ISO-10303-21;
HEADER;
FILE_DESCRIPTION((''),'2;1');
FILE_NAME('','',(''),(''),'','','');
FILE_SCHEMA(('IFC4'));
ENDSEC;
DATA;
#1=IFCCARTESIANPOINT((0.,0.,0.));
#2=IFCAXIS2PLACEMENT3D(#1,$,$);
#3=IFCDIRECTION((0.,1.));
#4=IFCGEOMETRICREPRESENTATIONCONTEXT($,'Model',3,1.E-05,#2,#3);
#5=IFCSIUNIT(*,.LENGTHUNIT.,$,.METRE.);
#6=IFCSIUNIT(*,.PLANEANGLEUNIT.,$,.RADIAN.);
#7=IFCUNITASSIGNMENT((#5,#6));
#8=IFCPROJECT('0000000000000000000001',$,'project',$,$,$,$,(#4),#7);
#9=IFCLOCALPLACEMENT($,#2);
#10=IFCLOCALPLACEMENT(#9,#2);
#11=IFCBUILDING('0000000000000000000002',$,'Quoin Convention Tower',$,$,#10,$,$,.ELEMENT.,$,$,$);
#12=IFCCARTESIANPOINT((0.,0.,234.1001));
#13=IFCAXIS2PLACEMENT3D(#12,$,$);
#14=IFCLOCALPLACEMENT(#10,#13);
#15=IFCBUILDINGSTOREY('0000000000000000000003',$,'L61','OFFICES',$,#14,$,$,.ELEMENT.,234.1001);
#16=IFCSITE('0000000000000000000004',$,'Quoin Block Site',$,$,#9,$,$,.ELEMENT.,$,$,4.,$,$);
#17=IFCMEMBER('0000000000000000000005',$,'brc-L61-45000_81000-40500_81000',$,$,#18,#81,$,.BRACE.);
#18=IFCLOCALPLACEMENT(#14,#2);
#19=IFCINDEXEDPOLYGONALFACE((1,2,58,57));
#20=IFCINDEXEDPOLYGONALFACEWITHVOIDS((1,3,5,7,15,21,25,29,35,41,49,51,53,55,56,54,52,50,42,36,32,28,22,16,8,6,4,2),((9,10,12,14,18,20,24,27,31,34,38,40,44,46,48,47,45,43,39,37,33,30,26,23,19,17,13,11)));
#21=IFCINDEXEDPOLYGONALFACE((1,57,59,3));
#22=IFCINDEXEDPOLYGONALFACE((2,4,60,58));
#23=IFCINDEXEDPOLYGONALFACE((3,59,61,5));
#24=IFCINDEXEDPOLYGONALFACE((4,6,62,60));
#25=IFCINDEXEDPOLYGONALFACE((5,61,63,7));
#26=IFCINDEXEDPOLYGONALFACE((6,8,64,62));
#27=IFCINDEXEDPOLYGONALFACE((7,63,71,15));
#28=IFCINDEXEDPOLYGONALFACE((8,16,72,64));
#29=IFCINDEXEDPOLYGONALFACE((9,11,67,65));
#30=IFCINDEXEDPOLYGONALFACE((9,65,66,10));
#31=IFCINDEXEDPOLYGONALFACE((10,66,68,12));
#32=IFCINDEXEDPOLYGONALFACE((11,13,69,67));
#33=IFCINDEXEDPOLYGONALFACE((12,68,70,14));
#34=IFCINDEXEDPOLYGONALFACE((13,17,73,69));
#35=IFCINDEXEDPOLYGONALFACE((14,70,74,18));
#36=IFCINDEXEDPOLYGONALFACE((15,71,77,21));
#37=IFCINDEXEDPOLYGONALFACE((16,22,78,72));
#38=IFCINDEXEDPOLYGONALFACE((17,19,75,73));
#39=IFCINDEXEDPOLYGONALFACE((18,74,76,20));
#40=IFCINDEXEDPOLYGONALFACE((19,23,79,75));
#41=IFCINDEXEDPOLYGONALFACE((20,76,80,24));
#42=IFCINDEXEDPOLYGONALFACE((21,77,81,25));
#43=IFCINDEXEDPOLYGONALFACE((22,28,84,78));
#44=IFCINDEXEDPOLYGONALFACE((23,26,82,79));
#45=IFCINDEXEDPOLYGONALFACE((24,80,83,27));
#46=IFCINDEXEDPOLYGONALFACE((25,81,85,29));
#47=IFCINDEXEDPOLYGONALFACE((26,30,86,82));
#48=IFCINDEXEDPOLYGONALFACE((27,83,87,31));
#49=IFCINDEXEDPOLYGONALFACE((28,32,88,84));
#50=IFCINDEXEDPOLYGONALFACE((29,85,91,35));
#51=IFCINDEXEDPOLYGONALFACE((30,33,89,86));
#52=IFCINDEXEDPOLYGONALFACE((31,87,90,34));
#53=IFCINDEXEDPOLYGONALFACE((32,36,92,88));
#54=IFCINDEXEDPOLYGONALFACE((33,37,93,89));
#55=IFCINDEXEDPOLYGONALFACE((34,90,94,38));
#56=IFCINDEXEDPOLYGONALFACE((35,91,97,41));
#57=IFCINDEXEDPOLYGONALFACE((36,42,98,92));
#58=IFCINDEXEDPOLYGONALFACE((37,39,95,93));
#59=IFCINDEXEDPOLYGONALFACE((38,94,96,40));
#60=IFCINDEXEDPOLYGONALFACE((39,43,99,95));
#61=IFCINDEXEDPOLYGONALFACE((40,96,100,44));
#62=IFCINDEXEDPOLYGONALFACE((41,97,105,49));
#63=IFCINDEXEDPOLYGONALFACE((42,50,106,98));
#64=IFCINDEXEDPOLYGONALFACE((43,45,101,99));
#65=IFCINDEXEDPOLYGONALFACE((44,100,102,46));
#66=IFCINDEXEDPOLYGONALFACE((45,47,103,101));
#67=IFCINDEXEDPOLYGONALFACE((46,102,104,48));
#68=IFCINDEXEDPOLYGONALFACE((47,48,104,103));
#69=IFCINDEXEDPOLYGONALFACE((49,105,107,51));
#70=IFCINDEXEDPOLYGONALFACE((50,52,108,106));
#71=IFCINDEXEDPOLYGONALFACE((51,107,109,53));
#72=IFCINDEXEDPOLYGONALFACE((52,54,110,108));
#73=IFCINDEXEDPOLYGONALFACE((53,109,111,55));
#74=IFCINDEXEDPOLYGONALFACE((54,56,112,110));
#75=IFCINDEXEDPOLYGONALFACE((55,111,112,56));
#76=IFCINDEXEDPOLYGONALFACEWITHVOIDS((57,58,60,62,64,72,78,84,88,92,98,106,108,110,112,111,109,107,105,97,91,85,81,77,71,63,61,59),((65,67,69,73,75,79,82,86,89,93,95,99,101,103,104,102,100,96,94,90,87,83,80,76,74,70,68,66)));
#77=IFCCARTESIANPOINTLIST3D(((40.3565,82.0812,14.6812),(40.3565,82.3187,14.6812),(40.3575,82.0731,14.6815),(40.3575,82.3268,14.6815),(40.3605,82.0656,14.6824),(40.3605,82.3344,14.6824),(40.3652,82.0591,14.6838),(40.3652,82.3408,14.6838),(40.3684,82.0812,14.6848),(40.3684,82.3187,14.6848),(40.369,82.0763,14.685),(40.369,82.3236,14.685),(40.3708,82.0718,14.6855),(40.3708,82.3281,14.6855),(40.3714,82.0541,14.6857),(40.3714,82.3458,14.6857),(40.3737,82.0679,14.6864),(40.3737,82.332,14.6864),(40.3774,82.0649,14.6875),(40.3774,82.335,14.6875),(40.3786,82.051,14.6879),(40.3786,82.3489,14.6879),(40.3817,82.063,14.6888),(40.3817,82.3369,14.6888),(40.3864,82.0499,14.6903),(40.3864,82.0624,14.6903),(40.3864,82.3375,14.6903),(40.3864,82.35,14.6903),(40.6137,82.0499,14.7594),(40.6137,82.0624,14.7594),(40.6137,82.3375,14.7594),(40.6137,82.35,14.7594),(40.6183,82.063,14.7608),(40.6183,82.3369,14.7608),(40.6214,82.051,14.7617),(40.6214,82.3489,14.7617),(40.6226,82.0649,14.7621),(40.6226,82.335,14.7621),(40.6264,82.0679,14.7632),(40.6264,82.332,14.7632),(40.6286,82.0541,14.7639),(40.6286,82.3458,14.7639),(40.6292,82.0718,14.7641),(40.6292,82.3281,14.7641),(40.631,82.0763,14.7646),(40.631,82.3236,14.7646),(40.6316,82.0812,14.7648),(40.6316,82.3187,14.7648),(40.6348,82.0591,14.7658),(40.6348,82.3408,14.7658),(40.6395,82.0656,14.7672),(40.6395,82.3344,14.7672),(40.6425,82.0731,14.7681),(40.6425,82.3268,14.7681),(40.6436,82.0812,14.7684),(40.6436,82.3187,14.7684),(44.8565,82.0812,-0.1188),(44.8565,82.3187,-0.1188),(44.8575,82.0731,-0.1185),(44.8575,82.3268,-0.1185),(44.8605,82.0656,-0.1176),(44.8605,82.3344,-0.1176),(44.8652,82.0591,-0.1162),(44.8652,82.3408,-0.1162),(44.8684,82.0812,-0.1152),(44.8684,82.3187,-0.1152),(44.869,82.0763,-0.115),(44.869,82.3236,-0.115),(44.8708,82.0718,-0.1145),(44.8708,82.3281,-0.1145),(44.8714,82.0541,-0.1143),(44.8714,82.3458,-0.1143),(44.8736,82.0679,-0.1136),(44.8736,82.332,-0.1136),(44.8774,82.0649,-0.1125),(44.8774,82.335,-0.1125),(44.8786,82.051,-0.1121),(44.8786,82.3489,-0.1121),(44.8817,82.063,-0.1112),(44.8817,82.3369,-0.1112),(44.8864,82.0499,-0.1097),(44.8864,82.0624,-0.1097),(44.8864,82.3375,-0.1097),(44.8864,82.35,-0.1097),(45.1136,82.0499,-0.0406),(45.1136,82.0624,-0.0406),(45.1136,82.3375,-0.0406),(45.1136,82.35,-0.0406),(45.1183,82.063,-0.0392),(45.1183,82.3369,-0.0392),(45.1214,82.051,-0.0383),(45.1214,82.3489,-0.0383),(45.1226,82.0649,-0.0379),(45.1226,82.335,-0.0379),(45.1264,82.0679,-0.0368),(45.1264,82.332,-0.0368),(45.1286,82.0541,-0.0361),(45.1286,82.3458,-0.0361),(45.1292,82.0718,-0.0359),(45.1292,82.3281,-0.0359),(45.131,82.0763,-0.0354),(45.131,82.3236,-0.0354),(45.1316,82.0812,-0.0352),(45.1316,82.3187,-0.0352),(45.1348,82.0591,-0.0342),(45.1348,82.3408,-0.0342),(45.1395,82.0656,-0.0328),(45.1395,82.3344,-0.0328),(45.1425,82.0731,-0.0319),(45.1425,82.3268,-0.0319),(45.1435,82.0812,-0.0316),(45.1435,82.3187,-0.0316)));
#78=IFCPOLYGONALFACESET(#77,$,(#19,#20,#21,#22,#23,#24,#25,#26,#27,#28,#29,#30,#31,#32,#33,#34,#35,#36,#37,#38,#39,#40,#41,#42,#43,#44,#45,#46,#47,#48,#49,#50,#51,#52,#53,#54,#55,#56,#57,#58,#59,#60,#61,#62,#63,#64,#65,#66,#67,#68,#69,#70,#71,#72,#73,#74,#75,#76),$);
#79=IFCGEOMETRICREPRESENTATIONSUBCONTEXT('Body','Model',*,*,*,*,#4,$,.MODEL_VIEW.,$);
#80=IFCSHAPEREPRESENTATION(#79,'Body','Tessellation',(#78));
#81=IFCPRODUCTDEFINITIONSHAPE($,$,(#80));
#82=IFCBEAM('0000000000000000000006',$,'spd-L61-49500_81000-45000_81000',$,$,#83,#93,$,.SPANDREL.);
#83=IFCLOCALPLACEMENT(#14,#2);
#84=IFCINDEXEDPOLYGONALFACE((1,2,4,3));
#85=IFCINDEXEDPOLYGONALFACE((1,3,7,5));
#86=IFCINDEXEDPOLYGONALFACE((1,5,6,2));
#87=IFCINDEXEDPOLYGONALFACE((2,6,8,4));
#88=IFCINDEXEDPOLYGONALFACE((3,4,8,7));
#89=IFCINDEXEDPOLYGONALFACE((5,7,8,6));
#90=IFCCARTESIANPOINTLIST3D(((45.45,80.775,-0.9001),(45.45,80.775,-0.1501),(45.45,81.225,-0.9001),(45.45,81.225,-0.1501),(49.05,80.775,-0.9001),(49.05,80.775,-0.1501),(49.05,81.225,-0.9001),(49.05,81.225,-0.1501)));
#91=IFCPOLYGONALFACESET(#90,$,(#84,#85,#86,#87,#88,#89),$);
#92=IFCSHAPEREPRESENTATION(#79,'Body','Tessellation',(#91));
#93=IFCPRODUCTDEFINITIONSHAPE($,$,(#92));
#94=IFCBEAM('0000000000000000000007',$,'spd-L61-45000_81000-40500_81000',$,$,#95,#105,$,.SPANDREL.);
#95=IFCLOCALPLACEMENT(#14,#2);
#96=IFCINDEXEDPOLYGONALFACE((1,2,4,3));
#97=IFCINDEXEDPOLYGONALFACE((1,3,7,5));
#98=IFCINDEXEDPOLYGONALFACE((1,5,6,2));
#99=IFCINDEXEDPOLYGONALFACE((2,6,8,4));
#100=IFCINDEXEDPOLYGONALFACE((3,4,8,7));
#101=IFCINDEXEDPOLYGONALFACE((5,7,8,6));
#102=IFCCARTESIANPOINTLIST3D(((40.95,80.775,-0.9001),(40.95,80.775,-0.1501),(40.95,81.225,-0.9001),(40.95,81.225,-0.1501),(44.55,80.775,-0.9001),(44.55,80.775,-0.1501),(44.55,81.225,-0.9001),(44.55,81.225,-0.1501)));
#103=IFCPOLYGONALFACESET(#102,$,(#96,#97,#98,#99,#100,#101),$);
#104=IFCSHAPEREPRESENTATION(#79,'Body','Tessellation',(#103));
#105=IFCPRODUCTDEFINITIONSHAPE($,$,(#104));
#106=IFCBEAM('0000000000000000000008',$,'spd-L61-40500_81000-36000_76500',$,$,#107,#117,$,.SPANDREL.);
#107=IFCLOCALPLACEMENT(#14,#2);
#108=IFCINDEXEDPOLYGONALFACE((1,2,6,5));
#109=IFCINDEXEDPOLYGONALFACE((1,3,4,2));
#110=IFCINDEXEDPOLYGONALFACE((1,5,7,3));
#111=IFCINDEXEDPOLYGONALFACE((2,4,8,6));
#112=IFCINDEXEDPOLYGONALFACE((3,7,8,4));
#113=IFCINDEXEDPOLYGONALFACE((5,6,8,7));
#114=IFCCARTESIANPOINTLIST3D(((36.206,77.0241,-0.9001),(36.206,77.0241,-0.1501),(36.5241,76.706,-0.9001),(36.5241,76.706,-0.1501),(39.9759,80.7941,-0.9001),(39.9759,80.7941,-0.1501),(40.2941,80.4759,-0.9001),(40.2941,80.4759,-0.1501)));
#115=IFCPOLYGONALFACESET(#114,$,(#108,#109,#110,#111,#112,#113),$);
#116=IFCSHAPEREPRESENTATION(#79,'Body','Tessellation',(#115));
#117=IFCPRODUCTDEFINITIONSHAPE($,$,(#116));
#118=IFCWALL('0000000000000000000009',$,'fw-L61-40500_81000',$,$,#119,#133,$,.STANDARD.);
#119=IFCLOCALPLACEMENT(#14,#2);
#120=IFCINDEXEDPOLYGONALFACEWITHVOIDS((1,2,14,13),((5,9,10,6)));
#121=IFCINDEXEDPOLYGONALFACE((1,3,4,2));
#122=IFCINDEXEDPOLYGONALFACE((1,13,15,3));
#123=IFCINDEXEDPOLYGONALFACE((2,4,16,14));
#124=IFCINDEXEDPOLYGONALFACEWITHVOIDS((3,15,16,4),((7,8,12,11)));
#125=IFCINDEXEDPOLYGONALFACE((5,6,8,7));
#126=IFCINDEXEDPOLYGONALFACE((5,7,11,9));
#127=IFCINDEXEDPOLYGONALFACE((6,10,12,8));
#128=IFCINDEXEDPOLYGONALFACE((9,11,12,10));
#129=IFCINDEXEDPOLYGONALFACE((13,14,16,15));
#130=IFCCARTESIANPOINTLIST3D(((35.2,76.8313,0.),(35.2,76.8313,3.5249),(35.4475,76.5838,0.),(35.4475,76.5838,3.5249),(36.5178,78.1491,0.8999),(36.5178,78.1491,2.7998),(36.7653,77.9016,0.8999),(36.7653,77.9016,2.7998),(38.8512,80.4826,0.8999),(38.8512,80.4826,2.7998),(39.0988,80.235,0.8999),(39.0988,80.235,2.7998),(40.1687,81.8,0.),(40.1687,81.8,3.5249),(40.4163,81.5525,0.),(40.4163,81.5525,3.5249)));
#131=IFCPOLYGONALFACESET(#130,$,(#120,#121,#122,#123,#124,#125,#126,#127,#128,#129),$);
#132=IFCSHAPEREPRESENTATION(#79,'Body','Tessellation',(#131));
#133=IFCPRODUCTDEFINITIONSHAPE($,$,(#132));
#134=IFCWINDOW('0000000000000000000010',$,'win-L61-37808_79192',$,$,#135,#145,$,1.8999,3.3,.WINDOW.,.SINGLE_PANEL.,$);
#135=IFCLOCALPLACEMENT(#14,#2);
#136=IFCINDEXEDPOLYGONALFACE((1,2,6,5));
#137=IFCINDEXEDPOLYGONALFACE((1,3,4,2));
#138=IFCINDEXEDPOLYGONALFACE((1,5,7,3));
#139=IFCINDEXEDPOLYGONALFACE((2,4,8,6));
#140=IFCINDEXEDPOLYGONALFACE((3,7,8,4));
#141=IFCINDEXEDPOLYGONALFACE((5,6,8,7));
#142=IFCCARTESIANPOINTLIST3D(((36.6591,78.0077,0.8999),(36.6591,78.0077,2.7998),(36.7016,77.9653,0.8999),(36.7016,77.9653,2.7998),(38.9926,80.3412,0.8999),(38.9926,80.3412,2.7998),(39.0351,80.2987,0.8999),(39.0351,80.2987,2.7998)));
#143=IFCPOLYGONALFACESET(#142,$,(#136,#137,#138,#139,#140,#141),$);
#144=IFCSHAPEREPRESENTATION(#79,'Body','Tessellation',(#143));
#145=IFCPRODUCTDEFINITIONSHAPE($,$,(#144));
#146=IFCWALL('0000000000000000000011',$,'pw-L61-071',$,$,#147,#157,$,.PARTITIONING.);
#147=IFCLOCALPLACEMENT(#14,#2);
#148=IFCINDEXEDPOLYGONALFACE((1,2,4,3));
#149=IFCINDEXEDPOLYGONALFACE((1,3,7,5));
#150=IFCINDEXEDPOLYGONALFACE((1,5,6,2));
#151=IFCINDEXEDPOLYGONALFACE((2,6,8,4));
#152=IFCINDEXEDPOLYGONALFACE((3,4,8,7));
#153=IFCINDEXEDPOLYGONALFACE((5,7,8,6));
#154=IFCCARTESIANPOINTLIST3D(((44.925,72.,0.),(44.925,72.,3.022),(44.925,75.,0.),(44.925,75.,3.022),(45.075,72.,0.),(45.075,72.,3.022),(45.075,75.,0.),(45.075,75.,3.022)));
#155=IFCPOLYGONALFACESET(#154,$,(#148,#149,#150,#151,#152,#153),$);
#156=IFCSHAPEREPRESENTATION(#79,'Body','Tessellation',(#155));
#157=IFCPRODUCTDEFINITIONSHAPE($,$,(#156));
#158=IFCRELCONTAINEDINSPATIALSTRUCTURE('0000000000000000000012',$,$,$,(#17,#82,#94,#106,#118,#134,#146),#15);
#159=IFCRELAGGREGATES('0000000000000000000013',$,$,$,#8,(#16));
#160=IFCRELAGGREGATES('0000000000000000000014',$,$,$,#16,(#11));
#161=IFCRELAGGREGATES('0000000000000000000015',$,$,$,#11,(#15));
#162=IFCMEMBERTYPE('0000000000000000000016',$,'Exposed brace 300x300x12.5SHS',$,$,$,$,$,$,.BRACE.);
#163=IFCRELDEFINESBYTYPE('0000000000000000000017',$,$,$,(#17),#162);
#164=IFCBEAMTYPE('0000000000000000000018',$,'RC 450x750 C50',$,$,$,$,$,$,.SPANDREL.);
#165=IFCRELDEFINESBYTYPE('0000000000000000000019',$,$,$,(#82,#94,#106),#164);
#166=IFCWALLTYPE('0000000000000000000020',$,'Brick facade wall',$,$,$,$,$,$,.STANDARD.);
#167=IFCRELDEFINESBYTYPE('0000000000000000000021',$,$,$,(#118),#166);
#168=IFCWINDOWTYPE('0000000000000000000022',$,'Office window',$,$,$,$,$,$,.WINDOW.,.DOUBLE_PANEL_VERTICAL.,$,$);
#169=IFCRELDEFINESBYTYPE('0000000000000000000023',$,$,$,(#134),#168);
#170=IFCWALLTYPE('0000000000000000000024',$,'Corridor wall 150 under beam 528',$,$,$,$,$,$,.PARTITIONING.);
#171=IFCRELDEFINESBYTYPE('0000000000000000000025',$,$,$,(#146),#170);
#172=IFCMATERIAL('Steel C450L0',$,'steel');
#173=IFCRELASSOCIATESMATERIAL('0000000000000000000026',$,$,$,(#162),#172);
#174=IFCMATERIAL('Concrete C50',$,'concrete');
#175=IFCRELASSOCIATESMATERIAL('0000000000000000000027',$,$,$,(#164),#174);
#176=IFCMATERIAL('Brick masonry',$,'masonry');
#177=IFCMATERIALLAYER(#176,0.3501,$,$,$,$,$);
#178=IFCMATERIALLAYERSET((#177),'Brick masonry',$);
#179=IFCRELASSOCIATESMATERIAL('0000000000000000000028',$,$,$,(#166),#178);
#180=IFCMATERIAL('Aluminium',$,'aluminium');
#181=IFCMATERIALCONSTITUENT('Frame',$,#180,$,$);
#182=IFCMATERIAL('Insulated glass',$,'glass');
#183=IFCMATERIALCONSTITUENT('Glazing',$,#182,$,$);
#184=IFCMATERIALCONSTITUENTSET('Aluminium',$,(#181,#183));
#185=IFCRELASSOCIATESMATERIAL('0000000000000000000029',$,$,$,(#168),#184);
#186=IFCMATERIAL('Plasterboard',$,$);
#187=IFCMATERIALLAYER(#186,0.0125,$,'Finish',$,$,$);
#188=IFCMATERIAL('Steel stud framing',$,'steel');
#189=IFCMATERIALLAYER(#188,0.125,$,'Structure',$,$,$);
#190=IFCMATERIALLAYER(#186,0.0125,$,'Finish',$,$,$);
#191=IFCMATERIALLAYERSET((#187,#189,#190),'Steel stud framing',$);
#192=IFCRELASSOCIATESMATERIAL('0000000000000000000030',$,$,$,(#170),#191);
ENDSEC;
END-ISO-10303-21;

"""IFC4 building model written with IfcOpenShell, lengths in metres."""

from ifc_helpers import new_model, si_unit, direction, frame, frame_2d, origin, origin_2d, place, context, subcontext, project, spatial, rectangle, hollow_rectangle, extrude, material, layer, layer_set, constituent, constituent_set, material_profile, profile_set, type_object, element, fill, save


model = new_model("IFC4")

# Units and contexts
model_context = context("Model", 3, precision=1e-05, world=origin(), true_north=direction((0.0, 1.0)))
body_context = subcontext(model_context, "Body", "Model", "MODEL_VIEW")
ifc_project = project(units=[si_unit("LENGTHUNIT", "METRE"), si_unit("PLANEANGLEUNIT", "RADIAN")], contexts=[model_context])

# Site, building, storey
site_placement = place(None, origin())
site = spatial("IfcSite", under=ifc_project, at=site_placement, Name="Quoin Block Site", CompositionType="ELEMENT", RefElevation=4.0)
building_placement = place(site_placement, origin())
building = spatial("IfcBuilding", under=site, at=building_placement, Name="Quoin Convention Tower", CompositionType="ELEMENT")
storey_placement = place(building_placement, frame((0.0, 0.0, 234.1001)))
storey = spatial("IfcBuildingStorey", under=building, at=storey_placement, Name="L61", Description="OFFICES", CompositionType="ELEMENT", Elevation=234.1001)

# Shared definitions
ifc_material_1 = material(Name="Concrete C50", Category="concrete")

# Member
ifc_material_2 = material(Name="Steel C450L0", Category="steel")
ifc_material_profile_1 = material_profile(ifc_material_2, hollow_rectangle(XDim=0.3, YDim=0.3, WallThickness=0.0125, InnerFilletRadius=0.0188, OuterFilletRadius=0.0312, at=origin_2d()), Name="300x300x12.5SHS")
ifc_profile_set_1 = profile_set([ifc_material_profile_1], Name="Steel C450L0")
member_type = type_object("IfcMemberType", Name="Exposed brace 300x300x12.5SHS", PredefinedType="BRACE", material=ifc_profile_set_1)
member_placement = place(storey_placement, frame((45.0, 82.2, -0.0752), z_axis=(-0.290903, 0.0, 0.956752), x_axis=(0.0, -1.0, 0.0)))
element("IfcMember", 1, at=member_placement, inside=storey, type_object=member_type, Name="brc-L61-45000_81000-40500_81000", PredefinedType="BRACE", context=body_context, shape_type="SweptSolid", body=[
    extrude(hollow_rectangle(XDim=0.3, YDim=0.3, WallThickness=0.0125, InnerFilletRadius=0.0188, OuterFilletRadius=0.0312, at=origin_2d()), origin(), (0.0, 0.0, 1.0), 15.469),
])

# Beams
ifc_material_profile_2 = material_profile(ifc_material_1, rectangle(XDim=0.45, YDim=0.75, at=origin_2d()), Name="RC 450x750")
ifc_profile_set_2 = profile_set([ifc_material_profile_2], Name="Concrete C50")
beam_type_1 = type_object("IfcBeamType", Name="RC 450x750 C50", PredefinedType="SPANDREL", material=ifc_profile_set_2)
for number, where, z_axis, x_axis, name in (
    (2, (49.05, 81.0, -0.5251), (-1.0, 0.0, 0.0), (0.0, -1.0, 0.0), "spd-L61-49500_81000-45000_81000"),
    (3, (44.55, 81.0, -0.5251), (-1.0, 0.0, 0.0), (0.0, -1.0, 0.0), "spd-L61-45000_81000-40500_81000"),
):
    element("IfcBeam", number, at=place(storey_placement, frame(where, z_axis=z_axis, x_axis=x_axis)), inside=storey, type_object=beam_type_1, Name=name, PredefinedType="SPANDREL", context=body_context, shape_type="SweptSolid", body=[
        extrude(rectangle(XDim=0.45, YDim=0.75, at=origin_2d()), origin(), (0.0, 0.0, 1.0), 3.6001),
    ])
beam_1_placement = place(storey_placement, frame((40.135, 80.635, -0.5251), z_axis=(-0.707107, -0.707107, 0.0), x_axis=(0.707107, -0.707107, 0.0)))
element("IfcBeam", 4, at=beam_1_placement, inside=storey, type_object=beam_type_1, Name="spd-L61-40500_81000-36000_76500", PredefinedType="SPANDREL", context=body_context, shape_type="SweptSolid", body=[
    extrude(rectangle(XDim=0.45, YDim=0.75, at=origin_2d()), origin(), (0.0, 0.0, 1.0), 5.3315),
])

# Wall, opening, window
ifc_material_3 = material(Name="Brick masonry", Category="masonry")
ifc_layer_1 = layer(ifc_material_3, 0.3501)
ifc_layer_set_1 = layer_set([ifc_layer_1], Name="Brick masonry")
wall_type_1 = type_object("IfcWallType", Name="Brick facade wall", PredefinedType="STANDARD", material=ifc_layer_set_1)
wall_1_placement = place(storey_placement, frame((40.2925, 81.6763, 0.0), z_axis=(0.0, 0.0, 1.0), x_axis=(-0.707107, -0.707107, 0.0)))
wall_1 = element("IfcWall", 5, at=wall_1_placement, inside=storey, type_object=wall_type_1, Name="fw-L61-40500_81000", PredefinedType="STANDARD", context=body_context, shape_type="SweptSolid", body=[
    extrude(rectangle(XDim=7.0269, YDim=0.3501, at=frame_2d((3.5134, 0.0))), origin(), (0.0, 0.0, 1.0), 3.5249),
])
opening_1_placement = place(wall_1_placement, frame((1.8633, 0.0, 0.8999)))
opening_1 = element("IfcOpeningElement", 6, at=opening_1_placement, cuts=wall_1, PredefinedType="OPENING", context=body_context, shape_type="SweptSolid", body=[
    extrude(rectangle(XDim=3.3, YDim=1.8999, at=frame_2d((1.6499, 0.95))), frame((0.0, 0.1851, 0.0), z_axis=(0.0, -1.0, 0.0), x_axis=(1.0, 0.0, 0.0)), (0.0, 0.0, 1.0), 0.3701),
])
ifc_material_4 = material(Name="Aluminium", Category="aluminium")
ifc_constituent_1 = constituent(ifc_material_4, Name="Frame")
ifc_material_5 = material(Name="Insulated glass", Category="glass")
ifc_constituent_2 = constituent(ifc_material_5, Name="Glazing")
ifc_constituent_set = constituent_set(constituents=[ifc_constituent_1, ifc_constituent_2], Name="Aluminium")
window_type = type_object("IfcWindowType", Name="Office window", PartitioningType="DOUBLE_PANEL_VERTICAL", PredefinedType="WINDOW", material=ifc_constituent_set)
window_placement = place(opening_1_placement, origin())
window = element("IfcWindow", 7, at=window_placement, inside=storey, type_object=window_type, Name="win-L61-37808_79192", OverallHeight=1.8999, OverallWidth=3.3, PartitioningType="SINGLE_PANEL", PredefinedType="WINDOW", context=body_context, shape_type="SweptSolid", body=[
    extrude(rectangle(XDim=3.3, YDim=1.8999, at=frame_2d((1.6499, 0.95))), frame((0.0, 0.085, 0.0), z_axis=(0.0, -1.0, 0.0), x_axis=(1.0, 0.0, 0.0)), (0.0, 0.0, 1.0), 0.0601),
])
fill(opening_1, window)

# Wall
ifc_material_6 = material(Name="Plasterboard")
ifc_layer_2 = layer(ifc_material_6, 0.0125, Name="Finish")
ifc_material_7 = material(Name="Steel stud framing", Category="steel")
ifc_layer_3 = layer(ifc_material_7, 0.125, Name="Structure")
ifc_layer_4 = layer(ifc_material_6, 0.0125, Name="Finish")
ifc_layer_set_2 = layer_set([ifc_layer_2, ifc_layer_3, ifc_layer_4], Name="Steel stud framing")
wall_type_2 = type_object("IfcWallType", Name="Corridor wall 150 under beam 528", PredefinedType="PARTITIONING", material=ifc_layer_set_2)
wall_2_placement = place(storey_placement, frame((45.0, 72.0, 0.0), z_axis=(0.0, 0.0, 1.0), x_axis=(0.0, 1.0, 0.0)))
element("IfcWall", 8, at=wall_2_placement, inside=storey, type_object=wall_type_2, Name="pw-L61-071", PredefinedType="PARTITIONING", context=body_context, shape_type="SweptSolid", body=[
    extrude(rectangle(XDim=3.0, YDim=0.1499, at=frame_2d((1.5, 0.0))), origin(), (0.0, 0.0, 1.0), 3.022),
])

save(model, "model.ifc")
